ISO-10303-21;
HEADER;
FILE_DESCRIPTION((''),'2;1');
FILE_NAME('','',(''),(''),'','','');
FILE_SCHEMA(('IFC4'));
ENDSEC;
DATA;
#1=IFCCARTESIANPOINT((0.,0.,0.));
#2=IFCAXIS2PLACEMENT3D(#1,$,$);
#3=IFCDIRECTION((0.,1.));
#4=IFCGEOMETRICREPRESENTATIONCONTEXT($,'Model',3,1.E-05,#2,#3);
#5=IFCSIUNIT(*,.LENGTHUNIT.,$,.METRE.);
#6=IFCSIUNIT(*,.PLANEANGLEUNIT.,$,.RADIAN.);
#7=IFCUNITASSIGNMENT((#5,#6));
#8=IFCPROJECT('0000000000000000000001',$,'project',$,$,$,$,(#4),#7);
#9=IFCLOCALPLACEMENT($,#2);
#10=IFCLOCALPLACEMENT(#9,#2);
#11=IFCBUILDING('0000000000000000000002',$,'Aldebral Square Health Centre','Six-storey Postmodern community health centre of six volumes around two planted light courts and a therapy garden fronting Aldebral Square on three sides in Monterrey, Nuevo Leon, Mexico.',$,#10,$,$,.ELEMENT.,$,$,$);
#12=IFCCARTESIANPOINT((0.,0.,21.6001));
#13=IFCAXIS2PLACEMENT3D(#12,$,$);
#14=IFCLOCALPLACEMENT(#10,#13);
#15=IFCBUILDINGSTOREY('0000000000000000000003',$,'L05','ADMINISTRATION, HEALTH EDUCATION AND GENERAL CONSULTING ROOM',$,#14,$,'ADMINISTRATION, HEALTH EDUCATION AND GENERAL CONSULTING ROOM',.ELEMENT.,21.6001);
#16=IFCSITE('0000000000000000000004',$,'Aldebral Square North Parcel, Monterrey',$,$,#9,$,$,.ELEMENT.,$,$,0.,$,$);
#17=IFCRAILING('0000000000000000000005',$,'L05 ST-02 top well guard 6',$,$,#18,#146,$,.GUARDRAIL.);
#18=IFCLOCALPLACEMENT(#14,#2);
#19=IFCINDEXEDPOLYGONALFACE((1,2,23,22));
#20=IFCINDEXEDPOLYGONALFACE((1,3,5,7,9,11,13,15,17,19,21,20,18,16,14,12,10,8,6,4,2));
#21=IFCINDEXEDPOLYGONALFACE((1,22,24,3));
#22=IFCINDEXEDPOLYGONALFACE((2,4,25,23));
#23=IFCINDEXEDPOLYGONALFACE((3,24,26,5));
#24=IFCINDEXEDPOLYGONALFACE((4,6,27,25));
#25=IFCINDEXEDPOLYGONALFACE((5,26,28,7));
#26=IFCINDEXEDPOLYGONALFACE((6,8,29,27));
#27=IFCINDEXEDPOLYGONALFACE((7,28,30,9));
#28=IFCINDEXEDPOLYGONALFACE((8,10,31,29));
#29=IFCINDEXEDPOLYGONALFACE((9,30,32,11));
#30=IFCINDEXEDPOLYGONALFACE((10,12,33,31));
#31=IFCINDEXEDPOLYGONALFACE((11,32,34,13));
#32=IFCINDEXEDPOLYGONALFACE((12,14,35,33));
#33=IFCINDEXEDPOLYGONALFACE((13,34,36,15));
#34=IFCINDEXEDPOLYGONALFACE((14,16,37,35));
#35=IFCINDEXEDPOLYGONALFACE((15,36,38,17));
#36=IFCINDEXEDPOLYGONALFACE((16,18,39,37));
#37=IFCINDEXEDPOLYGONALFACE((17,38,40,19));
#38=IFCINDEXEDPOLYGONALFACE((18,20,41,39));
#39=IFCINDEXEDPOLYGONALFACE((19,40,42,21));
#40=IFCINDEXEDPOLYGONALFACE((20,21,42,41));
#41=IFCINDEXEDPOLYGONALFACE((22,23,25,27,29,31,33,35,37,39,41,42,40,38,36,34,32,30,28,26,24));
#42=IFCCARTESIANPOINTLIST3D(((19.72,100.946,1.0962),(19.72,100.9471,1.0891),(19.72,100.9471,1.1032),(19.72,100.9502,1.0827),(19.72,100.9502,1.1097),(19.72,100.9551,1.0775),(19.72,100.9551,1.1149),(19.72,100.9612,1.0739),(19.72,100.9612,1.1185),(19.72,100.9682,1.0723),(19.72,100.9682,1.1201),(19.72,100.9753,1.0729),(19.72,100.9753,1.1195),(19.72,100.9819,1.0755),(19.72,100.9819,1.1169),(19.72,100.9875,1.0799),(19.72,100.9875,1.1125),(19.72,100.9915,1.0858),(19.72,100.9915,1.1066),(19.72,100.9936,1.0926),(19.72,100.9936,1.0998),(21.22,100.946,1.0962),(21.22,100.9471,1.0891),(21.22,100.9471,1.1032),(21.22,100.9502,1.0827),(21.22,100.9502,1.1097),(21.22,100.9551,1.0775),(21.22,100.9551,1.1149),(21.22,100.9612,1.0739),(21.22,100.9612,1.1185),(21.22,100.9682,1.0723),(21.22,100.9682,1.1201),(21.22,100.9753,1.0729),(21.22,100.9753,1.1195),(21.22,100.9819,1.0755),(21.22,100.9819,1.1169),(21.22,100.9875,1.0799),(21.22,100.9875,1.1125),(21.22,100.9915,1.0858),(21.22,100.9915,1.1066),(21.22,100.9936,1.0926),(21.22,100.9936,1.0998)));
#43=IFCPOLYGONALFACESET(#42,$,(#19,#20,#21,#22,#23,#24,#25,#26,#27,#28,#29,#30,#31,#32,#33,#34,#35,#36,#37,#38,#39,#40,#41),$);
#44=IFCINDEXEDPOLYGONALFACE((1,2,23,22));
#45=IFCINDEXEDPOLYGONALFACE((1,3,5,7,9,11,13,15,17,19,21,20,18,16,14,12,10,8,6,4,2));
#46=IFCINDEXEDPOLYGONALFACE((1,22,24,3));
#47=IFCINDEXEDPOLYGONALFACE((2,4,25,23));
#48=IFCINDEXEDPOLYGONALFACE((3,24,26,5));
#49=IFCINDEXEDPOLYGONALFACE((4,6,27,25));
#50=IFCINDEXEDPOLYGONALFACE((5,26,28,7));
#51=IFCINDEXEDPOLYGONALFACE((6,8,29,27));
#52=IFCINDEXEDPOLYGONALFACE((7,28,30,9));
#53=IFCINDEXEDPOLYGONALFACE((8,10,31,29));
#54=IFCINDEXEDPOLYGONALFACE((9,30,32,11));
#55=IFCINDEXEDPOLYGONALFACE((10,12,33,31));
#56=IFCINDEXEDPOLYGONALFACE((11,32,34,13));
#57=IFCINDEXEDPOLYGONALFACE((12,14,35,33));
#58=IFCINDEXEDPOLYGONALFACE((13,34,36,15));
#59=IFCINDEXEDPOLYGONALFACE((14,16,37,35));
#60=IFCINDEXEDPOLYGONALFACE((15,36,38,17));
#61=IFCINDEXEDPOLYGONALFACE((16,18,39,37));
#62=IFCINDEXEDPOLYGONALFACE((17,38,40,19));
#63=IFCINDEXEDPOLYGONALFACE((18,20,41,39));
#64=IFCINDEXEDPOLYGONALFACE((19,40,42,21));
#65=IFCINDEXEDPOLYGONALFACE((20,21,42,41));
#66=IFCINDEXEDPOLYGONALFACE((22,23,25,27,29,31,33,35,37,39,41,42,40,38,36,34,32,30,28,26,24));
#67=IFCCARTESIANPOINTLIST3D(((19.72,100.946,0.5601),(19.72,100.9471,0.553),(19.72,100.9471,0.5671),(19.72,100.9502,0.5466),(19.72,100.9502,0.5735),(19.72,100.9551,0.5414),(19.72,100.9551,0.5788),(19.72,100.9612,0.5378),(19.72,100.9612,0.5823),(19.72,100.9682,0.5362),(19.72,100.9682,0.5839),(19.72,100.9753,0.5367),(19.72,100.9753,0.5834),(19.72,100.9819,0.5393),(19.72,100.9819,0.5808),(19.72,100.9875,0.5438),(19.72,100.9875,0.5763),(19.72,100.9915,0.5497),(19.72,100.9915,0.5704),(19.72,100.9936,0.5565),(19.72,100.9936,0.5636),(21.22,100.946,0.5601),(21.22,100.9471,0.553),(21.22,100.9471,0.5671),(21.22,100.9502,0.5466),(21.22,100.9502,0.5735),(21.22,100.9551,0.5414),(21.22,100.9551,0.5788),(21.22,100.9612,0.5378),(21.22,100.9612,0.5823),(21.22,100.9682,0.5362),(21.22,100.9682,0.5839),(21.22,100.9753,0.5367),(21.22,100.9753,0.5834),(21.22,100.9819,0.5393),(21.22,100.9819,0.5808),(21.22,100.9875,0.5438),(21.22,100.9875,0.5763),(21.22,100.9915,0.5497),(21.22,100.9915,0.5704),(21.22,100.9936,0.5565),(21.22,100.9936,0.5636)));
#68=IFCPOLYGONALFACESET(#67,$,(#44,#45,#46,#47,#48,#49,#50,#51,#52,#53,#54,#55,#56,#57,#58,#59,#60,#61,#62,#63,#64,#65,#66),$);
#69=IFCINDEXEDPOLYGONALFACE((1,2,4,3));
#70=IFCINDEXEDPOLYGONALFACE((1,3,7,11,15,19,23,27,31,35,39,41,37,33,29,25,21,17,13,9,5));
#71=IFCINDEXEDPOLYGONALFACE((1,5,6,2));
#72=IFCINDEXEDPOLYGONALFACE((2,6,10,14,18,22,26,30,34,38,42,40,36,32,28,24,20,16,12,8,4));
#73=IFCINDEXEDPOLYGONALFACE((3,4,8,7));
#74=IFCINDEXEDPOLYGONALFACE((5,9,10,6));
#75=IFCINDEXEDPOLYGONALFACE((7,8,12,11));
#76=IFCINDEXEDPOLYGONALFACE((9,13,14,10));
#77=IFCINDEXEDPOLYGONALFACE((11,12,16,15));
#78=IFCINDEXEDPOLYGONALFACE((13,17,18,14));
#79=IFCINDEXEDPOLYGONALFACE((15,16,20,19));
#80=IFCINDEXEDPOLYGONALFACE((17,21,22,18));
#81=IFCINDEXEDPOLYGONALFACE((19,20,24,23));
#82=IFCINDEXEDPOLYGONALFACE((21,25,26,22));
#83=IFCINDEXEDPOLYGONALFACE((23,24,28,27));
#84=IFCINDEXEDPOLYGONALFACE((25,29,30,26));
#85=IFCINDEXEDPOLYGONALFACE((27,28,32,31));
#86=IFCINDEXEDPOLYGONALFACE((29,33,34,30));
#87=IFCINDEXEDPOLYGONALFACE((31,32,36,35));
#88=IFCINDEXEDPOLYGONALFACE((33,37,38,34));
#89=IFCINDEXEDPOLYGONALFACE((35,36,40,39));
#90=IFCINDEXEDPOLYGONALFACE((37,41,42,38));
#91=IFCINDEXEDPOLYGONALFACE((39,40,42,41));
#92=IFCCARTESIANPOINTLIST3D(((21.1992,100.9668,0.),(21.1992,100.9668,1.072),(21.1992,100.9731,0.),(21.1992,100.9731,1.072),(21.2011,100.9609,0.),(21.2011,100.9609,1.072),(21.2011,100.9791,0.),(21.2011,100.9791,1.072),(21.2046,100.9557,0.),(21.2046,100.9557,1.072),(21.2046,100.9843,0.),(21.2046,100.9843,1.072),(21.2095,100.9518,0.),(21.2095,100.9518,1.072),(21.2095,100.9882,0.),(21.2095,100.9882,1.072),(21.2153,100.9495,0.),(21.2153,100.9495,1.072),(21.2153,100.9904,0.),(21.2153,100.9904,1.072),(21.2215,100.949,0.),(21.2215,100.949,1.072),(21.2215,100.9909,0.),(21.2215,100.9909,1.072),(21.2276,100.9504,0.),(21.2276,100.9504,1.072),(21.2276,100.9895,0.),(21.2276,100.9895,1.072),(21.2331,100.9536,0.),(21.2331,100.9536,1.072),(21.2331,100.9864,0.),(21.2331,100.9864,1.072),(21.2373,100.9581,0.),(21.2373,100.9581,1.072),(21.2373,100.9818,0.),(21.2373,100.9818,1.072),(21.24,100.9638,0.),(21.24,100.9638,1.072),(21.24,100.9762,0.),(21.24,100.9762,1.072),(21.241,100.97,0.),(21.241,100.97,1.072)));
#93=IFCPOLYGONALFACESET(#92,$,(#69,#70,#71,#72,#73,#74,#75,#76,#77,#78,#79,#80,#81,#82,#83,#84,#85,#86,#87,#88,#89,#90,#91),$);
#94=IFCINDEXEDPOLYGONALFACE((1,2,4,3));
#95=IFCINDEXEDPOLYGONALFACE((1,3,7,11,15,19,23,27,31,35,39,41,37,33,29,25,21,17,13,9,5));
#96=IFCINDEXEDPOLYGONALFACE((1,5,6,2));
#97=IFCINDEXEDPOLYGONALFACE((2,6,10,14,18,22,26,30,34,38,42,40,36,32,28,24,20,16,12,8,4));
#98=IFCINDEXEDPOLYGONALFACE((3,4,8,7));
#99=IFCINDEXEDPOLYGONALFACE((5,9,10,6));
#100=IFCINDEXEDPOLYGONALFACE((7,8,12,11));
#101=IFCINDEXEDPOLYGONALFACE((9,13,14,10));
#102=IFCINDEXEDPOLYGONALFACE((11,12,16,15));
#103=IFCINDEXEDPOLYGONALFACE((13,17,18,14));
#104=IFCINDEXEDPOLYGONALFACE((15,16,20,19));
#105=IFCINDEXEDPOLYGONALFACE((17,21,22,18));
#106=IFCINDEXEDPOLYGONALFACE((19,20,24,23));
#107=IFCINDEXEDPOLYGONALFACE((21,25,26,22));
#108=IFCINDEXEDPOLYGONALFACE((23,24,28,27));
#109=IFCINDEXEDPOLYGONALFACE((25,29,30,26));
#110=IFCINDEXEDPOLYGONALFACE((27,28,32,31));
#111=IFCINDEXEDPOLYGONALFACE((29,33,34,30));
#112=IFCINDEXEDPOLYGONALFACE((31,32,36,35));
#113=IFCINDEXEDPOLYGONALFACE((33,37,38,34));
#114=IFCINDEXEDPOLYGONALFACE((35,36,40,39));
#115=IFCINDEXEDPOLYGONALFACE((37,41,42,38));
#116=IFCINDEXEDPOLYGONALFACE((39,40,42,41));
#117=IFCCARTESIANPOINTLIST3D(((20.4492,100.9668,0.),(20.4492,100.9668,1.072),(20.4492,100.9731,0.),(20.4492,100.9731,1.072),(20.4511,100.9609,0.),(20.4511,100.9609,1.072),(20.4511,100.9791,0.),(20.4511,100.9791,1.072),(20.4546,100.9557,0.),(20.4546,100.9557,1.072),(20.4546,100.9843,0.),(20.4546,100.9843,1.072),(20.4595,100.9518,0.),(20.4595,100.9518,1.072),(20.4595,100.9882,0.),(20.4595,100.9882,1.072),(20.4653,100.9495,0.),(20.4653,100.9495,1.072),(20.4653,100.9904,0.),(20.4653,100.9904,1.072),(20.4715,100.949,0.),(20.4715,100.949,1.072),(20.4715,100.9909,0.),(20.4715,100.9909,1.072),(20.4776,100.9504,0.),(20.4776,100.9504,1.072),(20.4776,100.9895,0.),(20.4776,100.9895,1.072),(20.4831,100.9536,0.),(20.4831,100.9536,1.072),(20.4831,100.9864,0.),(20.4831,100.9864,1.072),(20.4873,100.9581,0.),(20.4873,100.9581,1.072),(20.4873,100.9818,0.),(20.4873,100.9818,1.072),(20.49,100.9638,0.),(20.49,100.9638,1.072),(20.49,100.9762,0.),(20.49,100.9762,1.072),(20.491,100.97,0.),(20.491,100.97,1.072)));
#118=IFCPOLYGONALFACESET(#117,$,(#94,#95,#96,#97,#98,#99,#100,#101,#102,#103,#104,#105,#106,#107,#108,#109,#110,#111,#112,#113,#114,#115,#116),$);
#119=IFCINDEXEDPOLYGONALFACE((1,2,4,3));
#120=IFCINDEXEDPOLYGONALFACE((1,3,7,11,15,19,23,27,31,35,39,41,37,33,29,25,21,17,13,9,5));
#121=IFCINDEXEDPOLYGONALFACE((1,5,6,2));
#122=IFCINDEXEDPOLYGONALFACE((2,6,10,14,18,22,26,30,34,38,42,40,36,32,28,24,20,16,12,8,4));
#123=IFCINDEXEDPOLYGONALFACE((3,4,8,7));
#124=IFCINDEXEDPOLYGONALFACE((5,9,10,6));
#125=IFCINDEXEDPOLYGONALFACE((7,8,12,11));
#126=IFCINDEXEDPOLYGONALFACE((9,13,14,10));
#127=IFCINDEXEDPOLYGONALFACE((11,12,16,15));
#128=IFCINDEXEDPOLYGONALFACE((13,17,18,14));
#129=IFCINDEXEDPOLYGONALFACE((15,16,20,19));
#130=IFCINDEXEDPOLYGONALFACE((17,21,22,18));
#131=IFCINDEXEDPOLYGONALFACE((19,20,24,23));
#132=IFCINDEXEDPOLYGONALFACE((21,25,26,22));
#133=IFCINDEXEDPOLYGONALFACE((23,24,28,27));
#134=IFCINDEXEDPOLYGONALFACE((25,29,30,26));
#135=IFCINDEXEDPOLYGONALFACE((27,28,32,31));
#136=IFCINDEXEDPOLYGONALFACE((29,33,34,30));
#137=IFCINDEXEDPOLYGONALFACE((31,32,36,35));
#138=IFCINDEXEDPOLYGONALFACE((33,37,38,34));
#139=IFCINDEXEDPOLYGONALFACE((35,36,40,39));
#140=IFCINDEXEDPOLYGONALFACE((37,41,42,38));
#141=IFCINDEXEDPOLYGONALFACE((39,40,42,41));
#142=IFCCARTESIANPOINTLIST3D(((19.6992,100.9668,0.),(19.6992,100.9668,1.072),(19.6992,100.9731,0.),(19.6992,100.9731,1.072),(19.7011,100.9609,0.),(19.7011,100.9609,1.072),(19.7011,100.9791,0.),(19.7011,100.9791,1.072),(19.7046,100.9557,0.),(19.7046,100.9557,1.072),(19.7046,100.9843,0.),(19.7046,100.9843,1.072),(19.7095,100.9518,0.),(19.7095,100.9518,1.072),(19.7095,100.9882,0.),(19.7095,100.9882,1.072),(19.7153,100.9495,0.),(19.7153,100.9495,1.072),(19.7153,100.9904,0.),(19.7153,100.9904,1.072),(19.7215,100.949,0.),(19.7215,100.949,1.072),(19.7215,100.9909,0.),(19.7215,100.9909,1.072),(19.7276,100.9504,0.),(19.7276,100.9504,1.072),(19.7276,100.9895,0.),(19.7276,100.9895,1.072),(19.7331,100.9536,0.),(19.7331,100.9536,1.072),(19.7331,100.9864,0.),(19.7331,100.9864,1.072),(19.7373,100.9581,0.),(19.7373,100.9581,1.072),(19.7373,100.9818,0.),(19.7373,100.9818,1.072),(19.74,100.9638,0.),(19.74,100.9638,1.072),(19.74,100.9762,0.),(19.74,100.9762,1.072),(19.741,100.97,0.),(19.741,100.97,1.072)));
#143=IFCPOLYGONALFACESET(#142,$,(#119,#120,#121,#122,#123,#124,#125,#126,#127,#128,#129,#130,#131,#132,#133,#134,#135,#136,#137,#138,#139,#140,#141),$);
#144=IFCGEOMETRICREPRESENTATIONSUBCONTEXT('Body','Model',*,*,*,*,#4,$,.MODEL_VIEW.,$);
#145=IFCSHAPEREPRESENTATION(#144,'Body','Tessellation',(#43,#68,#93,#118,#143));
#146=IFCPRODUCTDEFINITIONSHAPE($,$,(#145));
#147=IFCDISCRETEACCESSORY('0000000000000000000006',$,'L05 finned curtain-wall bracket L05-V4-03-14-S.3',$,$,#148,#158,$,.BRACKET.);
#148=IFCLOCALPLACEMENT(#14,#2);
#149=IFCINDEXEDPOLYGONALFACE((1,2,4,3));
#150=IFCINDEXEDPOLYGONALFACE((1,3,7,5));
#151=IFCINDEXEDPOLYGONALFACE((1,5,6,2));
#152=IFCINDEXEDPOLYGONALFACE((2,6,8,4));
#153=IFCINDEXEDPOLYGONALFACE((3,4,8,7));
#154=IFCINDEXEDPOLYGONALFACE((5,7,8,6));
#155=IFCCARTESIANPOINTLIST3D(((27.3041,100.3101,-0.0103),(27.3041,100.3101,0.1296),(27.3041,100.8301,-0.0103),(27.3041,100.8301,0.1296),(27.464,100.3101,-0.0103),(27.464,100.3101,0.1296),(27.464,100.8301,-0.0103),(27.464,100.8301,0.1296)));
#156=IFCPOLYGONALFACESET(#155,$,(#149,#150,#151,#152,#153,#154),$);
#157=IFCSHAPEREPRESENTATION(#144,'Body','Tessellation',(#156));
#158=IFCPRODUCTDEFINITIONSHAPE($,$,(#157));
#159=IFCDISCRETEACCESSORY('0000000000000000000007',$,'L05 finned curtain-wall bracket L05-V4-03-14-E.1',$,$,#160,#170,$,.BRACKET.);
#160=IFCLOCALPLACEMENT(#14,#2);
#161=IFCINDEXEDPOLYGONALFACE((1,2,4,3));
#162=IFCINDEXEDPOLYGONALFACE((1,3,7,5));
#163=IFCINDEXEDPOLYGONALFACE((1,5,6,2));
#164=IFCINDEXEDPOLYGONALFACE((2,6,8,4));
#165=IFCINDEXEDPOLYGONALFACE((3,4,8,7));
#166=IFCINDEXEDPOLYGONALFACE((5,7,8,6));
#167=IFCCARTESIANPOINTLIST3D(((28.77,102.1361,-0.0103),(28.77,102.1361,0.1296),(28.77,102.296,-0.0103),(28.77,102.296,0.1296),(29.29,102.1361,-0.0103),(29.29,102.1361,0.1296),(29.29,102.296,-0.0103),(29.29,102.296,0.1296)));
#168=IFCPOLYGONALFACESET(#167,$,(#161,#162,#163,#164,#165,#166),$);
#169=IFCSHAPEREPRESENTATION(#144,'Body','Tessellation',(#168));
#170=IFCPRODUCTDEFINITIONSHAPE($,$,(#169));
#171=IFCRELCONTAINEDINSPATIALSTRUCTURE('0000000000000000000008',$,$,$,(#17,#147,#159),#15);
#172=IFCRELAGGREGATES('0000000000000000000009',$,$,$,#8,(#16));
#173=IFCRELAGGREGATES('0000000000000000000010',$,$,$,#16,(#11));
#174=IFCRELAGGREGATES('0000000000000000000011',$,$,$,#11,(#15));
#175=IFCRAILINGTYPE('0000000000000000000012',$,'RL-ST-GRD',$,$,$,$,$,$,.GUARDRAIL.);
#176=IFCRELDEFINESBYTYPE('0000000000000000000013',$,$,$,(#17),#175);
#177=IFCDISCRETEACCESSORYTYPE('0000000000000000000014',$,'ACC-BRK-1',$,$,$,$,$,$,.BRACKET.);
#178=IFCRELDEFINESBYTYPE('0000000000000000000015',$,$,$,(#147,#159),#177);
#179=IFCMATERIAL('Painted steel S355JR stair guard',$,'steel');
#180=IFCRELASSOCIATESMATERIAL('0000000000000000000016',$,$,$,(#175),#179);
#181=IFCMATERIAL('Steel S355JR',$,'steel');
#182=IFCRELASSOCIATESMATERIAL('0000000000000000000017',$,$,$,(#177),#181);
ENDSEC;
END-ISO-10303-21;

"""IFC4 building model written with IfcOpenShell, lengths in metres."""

from ifc_helpers import new_model, si_unit, direction, frame, origin, origin_2d, place, context, subcontext, project, spatial, rectangle, circle, extrude, material, type_object, element, save


model = new_model("IFC4")

# Units and contexts
model_context = context("Model", 3, precision=1e-05, world=origin(), true_north=direction((0.0, 1.0)))
body_context = subcontext(model_context, "Body", "Model", "MODEL_VIEW")
ifc_project = project(units=[si_unit("LENGTHUNIT", "METRE"), si_unit("PLANEANGLEUNIT", "RADIAN")], contexts=[model_context])

# Site, building, storey
site_placement = place(None, origin())
site = spatial("IfcSite", under=ifc_project, at=site_placement, Name="Aldebral Square North Parcel, Monterrey", CompositionType="ELEMENT", RefElevation=0.0)
building_placement = place(site_placement, origin())
building = spatial("IfcBuilding", under=site, at=building_placement, Name="Aldebral Square Health Centre", Description="Six-storey Postmodern community health centre of six volumes around two planted light courts and a therapy garden fronting Aldebral Square on three sides in Monterrey, Nuevo Leon, Mexico.", CompositionType="ELEMENT")
storey_placement = place(building_placement, frame((0.0, 0.0, 21.6001)))
storey = spatial("IfcBuildingStorey", under=building, at=storey_placement, Name="L05", Description="ADMINISTRATION, HEALTH EDUCATION AND GENERAL CONSULTING ROOM", LongName="ADMINISTRATION, HEALTH EDUCATION AND GENERAL CONSULTING ROOM", CompositionType="ELEMENT", Elevation=21.6001)

# Railing
ifc_material_1 = material(Name="Painted steel S355JR stair guard", Category="steel")
railing_type = type_object("IfcRailingType", Name="RL-ST-GRD", PredefinedType="GUARDRAIL", material=ifc_material_1)
for number, where, name in (
    (1, (21.22, 100.97, 0.0), "L05 ST-02 top well guard 6"),
):
    element("IfcRailing", number, at=place(storey_placement, frame(where)), inside=storey, type_object=railing_type, Name=name, PredefinedType="GUARDRAIL", context=body_context, shape_type="SweptSolid", body=[
        extrude(circle(Radius=0.0239, at=origin_2d()), frame((0.0, 0.0, 1.0962), z_axis=(-1.0, 0.0, 0.0), x_axis=(0.0, -1.0, 0.0)), (0.0, 0.0, 1.0), 1.5),
        extrude(circle(Radius=0.0239, at=origin_2d()), frame((0.0, 0.0, 0.5601), z_axis=(-1.0, 0.0, 0.0), x_axis=(0.0, -1.0, 0.0)), (0.0, 0.0, 1.0), 1.5),
        extrude(circle(Radius=0.021, at=origin_2d()), origin(), (0.0, 0.0, 1.0), 1.072),
        extrude(circle(Radius=0.021, at=origin_2d()), frame((-0.75, 0.0, 0.0)), (0.0, 0.0, 1.0), 1.072),
        extrude(circle(Radius=0.021, at=origin_2d()), frame((-1.5, 0.0, 0.0)), (0.0, 0.0, 1.0), 1.072),
    ])

# Discrete accessories
ifc_material_2 = material(Name="Steel S355JR", Category="steel")
discrete_accessory_type = type_object("IfcDiscreteAccessoryType", Name="ACC-BRK-1", PredefinedType="BRACKET", material=ifc_material_2)
for number, where, z_axis, x_axis, name in (
    (2, (27.384, 100.5701, -0.0103), (0.0, 0.0, 1.0), (1.0, 0.0, 0.0), "L05 finned curtain-wall bracket L05-V4-03-14-S.3"),
    (3, (29.03, 102.2161, -0.0103), (0.0, 0.0, 1.0), (0.0, 1.0, 0.0), "L05 finned curtain-wall bracket L05-V4-03-14-E.1"),
):
    element("IfcDiscreteAccessory", number, at=place(storey_placement, frame(where, z_axis=z_axis, x_axis=x_axis)), inside=storey, type_object=discrete_accessory_type, Name=name, PredefinedType="BRACKET", context=body_context, shape_type="SweptSolid", body=[
        extrude(rectangle(XDim=0.1599, YDim=0.52, at=origin_2d()), origin(), (0.0, 0.0, 1.0), 0.1399),
    ])

save(model, "model.ifc")
